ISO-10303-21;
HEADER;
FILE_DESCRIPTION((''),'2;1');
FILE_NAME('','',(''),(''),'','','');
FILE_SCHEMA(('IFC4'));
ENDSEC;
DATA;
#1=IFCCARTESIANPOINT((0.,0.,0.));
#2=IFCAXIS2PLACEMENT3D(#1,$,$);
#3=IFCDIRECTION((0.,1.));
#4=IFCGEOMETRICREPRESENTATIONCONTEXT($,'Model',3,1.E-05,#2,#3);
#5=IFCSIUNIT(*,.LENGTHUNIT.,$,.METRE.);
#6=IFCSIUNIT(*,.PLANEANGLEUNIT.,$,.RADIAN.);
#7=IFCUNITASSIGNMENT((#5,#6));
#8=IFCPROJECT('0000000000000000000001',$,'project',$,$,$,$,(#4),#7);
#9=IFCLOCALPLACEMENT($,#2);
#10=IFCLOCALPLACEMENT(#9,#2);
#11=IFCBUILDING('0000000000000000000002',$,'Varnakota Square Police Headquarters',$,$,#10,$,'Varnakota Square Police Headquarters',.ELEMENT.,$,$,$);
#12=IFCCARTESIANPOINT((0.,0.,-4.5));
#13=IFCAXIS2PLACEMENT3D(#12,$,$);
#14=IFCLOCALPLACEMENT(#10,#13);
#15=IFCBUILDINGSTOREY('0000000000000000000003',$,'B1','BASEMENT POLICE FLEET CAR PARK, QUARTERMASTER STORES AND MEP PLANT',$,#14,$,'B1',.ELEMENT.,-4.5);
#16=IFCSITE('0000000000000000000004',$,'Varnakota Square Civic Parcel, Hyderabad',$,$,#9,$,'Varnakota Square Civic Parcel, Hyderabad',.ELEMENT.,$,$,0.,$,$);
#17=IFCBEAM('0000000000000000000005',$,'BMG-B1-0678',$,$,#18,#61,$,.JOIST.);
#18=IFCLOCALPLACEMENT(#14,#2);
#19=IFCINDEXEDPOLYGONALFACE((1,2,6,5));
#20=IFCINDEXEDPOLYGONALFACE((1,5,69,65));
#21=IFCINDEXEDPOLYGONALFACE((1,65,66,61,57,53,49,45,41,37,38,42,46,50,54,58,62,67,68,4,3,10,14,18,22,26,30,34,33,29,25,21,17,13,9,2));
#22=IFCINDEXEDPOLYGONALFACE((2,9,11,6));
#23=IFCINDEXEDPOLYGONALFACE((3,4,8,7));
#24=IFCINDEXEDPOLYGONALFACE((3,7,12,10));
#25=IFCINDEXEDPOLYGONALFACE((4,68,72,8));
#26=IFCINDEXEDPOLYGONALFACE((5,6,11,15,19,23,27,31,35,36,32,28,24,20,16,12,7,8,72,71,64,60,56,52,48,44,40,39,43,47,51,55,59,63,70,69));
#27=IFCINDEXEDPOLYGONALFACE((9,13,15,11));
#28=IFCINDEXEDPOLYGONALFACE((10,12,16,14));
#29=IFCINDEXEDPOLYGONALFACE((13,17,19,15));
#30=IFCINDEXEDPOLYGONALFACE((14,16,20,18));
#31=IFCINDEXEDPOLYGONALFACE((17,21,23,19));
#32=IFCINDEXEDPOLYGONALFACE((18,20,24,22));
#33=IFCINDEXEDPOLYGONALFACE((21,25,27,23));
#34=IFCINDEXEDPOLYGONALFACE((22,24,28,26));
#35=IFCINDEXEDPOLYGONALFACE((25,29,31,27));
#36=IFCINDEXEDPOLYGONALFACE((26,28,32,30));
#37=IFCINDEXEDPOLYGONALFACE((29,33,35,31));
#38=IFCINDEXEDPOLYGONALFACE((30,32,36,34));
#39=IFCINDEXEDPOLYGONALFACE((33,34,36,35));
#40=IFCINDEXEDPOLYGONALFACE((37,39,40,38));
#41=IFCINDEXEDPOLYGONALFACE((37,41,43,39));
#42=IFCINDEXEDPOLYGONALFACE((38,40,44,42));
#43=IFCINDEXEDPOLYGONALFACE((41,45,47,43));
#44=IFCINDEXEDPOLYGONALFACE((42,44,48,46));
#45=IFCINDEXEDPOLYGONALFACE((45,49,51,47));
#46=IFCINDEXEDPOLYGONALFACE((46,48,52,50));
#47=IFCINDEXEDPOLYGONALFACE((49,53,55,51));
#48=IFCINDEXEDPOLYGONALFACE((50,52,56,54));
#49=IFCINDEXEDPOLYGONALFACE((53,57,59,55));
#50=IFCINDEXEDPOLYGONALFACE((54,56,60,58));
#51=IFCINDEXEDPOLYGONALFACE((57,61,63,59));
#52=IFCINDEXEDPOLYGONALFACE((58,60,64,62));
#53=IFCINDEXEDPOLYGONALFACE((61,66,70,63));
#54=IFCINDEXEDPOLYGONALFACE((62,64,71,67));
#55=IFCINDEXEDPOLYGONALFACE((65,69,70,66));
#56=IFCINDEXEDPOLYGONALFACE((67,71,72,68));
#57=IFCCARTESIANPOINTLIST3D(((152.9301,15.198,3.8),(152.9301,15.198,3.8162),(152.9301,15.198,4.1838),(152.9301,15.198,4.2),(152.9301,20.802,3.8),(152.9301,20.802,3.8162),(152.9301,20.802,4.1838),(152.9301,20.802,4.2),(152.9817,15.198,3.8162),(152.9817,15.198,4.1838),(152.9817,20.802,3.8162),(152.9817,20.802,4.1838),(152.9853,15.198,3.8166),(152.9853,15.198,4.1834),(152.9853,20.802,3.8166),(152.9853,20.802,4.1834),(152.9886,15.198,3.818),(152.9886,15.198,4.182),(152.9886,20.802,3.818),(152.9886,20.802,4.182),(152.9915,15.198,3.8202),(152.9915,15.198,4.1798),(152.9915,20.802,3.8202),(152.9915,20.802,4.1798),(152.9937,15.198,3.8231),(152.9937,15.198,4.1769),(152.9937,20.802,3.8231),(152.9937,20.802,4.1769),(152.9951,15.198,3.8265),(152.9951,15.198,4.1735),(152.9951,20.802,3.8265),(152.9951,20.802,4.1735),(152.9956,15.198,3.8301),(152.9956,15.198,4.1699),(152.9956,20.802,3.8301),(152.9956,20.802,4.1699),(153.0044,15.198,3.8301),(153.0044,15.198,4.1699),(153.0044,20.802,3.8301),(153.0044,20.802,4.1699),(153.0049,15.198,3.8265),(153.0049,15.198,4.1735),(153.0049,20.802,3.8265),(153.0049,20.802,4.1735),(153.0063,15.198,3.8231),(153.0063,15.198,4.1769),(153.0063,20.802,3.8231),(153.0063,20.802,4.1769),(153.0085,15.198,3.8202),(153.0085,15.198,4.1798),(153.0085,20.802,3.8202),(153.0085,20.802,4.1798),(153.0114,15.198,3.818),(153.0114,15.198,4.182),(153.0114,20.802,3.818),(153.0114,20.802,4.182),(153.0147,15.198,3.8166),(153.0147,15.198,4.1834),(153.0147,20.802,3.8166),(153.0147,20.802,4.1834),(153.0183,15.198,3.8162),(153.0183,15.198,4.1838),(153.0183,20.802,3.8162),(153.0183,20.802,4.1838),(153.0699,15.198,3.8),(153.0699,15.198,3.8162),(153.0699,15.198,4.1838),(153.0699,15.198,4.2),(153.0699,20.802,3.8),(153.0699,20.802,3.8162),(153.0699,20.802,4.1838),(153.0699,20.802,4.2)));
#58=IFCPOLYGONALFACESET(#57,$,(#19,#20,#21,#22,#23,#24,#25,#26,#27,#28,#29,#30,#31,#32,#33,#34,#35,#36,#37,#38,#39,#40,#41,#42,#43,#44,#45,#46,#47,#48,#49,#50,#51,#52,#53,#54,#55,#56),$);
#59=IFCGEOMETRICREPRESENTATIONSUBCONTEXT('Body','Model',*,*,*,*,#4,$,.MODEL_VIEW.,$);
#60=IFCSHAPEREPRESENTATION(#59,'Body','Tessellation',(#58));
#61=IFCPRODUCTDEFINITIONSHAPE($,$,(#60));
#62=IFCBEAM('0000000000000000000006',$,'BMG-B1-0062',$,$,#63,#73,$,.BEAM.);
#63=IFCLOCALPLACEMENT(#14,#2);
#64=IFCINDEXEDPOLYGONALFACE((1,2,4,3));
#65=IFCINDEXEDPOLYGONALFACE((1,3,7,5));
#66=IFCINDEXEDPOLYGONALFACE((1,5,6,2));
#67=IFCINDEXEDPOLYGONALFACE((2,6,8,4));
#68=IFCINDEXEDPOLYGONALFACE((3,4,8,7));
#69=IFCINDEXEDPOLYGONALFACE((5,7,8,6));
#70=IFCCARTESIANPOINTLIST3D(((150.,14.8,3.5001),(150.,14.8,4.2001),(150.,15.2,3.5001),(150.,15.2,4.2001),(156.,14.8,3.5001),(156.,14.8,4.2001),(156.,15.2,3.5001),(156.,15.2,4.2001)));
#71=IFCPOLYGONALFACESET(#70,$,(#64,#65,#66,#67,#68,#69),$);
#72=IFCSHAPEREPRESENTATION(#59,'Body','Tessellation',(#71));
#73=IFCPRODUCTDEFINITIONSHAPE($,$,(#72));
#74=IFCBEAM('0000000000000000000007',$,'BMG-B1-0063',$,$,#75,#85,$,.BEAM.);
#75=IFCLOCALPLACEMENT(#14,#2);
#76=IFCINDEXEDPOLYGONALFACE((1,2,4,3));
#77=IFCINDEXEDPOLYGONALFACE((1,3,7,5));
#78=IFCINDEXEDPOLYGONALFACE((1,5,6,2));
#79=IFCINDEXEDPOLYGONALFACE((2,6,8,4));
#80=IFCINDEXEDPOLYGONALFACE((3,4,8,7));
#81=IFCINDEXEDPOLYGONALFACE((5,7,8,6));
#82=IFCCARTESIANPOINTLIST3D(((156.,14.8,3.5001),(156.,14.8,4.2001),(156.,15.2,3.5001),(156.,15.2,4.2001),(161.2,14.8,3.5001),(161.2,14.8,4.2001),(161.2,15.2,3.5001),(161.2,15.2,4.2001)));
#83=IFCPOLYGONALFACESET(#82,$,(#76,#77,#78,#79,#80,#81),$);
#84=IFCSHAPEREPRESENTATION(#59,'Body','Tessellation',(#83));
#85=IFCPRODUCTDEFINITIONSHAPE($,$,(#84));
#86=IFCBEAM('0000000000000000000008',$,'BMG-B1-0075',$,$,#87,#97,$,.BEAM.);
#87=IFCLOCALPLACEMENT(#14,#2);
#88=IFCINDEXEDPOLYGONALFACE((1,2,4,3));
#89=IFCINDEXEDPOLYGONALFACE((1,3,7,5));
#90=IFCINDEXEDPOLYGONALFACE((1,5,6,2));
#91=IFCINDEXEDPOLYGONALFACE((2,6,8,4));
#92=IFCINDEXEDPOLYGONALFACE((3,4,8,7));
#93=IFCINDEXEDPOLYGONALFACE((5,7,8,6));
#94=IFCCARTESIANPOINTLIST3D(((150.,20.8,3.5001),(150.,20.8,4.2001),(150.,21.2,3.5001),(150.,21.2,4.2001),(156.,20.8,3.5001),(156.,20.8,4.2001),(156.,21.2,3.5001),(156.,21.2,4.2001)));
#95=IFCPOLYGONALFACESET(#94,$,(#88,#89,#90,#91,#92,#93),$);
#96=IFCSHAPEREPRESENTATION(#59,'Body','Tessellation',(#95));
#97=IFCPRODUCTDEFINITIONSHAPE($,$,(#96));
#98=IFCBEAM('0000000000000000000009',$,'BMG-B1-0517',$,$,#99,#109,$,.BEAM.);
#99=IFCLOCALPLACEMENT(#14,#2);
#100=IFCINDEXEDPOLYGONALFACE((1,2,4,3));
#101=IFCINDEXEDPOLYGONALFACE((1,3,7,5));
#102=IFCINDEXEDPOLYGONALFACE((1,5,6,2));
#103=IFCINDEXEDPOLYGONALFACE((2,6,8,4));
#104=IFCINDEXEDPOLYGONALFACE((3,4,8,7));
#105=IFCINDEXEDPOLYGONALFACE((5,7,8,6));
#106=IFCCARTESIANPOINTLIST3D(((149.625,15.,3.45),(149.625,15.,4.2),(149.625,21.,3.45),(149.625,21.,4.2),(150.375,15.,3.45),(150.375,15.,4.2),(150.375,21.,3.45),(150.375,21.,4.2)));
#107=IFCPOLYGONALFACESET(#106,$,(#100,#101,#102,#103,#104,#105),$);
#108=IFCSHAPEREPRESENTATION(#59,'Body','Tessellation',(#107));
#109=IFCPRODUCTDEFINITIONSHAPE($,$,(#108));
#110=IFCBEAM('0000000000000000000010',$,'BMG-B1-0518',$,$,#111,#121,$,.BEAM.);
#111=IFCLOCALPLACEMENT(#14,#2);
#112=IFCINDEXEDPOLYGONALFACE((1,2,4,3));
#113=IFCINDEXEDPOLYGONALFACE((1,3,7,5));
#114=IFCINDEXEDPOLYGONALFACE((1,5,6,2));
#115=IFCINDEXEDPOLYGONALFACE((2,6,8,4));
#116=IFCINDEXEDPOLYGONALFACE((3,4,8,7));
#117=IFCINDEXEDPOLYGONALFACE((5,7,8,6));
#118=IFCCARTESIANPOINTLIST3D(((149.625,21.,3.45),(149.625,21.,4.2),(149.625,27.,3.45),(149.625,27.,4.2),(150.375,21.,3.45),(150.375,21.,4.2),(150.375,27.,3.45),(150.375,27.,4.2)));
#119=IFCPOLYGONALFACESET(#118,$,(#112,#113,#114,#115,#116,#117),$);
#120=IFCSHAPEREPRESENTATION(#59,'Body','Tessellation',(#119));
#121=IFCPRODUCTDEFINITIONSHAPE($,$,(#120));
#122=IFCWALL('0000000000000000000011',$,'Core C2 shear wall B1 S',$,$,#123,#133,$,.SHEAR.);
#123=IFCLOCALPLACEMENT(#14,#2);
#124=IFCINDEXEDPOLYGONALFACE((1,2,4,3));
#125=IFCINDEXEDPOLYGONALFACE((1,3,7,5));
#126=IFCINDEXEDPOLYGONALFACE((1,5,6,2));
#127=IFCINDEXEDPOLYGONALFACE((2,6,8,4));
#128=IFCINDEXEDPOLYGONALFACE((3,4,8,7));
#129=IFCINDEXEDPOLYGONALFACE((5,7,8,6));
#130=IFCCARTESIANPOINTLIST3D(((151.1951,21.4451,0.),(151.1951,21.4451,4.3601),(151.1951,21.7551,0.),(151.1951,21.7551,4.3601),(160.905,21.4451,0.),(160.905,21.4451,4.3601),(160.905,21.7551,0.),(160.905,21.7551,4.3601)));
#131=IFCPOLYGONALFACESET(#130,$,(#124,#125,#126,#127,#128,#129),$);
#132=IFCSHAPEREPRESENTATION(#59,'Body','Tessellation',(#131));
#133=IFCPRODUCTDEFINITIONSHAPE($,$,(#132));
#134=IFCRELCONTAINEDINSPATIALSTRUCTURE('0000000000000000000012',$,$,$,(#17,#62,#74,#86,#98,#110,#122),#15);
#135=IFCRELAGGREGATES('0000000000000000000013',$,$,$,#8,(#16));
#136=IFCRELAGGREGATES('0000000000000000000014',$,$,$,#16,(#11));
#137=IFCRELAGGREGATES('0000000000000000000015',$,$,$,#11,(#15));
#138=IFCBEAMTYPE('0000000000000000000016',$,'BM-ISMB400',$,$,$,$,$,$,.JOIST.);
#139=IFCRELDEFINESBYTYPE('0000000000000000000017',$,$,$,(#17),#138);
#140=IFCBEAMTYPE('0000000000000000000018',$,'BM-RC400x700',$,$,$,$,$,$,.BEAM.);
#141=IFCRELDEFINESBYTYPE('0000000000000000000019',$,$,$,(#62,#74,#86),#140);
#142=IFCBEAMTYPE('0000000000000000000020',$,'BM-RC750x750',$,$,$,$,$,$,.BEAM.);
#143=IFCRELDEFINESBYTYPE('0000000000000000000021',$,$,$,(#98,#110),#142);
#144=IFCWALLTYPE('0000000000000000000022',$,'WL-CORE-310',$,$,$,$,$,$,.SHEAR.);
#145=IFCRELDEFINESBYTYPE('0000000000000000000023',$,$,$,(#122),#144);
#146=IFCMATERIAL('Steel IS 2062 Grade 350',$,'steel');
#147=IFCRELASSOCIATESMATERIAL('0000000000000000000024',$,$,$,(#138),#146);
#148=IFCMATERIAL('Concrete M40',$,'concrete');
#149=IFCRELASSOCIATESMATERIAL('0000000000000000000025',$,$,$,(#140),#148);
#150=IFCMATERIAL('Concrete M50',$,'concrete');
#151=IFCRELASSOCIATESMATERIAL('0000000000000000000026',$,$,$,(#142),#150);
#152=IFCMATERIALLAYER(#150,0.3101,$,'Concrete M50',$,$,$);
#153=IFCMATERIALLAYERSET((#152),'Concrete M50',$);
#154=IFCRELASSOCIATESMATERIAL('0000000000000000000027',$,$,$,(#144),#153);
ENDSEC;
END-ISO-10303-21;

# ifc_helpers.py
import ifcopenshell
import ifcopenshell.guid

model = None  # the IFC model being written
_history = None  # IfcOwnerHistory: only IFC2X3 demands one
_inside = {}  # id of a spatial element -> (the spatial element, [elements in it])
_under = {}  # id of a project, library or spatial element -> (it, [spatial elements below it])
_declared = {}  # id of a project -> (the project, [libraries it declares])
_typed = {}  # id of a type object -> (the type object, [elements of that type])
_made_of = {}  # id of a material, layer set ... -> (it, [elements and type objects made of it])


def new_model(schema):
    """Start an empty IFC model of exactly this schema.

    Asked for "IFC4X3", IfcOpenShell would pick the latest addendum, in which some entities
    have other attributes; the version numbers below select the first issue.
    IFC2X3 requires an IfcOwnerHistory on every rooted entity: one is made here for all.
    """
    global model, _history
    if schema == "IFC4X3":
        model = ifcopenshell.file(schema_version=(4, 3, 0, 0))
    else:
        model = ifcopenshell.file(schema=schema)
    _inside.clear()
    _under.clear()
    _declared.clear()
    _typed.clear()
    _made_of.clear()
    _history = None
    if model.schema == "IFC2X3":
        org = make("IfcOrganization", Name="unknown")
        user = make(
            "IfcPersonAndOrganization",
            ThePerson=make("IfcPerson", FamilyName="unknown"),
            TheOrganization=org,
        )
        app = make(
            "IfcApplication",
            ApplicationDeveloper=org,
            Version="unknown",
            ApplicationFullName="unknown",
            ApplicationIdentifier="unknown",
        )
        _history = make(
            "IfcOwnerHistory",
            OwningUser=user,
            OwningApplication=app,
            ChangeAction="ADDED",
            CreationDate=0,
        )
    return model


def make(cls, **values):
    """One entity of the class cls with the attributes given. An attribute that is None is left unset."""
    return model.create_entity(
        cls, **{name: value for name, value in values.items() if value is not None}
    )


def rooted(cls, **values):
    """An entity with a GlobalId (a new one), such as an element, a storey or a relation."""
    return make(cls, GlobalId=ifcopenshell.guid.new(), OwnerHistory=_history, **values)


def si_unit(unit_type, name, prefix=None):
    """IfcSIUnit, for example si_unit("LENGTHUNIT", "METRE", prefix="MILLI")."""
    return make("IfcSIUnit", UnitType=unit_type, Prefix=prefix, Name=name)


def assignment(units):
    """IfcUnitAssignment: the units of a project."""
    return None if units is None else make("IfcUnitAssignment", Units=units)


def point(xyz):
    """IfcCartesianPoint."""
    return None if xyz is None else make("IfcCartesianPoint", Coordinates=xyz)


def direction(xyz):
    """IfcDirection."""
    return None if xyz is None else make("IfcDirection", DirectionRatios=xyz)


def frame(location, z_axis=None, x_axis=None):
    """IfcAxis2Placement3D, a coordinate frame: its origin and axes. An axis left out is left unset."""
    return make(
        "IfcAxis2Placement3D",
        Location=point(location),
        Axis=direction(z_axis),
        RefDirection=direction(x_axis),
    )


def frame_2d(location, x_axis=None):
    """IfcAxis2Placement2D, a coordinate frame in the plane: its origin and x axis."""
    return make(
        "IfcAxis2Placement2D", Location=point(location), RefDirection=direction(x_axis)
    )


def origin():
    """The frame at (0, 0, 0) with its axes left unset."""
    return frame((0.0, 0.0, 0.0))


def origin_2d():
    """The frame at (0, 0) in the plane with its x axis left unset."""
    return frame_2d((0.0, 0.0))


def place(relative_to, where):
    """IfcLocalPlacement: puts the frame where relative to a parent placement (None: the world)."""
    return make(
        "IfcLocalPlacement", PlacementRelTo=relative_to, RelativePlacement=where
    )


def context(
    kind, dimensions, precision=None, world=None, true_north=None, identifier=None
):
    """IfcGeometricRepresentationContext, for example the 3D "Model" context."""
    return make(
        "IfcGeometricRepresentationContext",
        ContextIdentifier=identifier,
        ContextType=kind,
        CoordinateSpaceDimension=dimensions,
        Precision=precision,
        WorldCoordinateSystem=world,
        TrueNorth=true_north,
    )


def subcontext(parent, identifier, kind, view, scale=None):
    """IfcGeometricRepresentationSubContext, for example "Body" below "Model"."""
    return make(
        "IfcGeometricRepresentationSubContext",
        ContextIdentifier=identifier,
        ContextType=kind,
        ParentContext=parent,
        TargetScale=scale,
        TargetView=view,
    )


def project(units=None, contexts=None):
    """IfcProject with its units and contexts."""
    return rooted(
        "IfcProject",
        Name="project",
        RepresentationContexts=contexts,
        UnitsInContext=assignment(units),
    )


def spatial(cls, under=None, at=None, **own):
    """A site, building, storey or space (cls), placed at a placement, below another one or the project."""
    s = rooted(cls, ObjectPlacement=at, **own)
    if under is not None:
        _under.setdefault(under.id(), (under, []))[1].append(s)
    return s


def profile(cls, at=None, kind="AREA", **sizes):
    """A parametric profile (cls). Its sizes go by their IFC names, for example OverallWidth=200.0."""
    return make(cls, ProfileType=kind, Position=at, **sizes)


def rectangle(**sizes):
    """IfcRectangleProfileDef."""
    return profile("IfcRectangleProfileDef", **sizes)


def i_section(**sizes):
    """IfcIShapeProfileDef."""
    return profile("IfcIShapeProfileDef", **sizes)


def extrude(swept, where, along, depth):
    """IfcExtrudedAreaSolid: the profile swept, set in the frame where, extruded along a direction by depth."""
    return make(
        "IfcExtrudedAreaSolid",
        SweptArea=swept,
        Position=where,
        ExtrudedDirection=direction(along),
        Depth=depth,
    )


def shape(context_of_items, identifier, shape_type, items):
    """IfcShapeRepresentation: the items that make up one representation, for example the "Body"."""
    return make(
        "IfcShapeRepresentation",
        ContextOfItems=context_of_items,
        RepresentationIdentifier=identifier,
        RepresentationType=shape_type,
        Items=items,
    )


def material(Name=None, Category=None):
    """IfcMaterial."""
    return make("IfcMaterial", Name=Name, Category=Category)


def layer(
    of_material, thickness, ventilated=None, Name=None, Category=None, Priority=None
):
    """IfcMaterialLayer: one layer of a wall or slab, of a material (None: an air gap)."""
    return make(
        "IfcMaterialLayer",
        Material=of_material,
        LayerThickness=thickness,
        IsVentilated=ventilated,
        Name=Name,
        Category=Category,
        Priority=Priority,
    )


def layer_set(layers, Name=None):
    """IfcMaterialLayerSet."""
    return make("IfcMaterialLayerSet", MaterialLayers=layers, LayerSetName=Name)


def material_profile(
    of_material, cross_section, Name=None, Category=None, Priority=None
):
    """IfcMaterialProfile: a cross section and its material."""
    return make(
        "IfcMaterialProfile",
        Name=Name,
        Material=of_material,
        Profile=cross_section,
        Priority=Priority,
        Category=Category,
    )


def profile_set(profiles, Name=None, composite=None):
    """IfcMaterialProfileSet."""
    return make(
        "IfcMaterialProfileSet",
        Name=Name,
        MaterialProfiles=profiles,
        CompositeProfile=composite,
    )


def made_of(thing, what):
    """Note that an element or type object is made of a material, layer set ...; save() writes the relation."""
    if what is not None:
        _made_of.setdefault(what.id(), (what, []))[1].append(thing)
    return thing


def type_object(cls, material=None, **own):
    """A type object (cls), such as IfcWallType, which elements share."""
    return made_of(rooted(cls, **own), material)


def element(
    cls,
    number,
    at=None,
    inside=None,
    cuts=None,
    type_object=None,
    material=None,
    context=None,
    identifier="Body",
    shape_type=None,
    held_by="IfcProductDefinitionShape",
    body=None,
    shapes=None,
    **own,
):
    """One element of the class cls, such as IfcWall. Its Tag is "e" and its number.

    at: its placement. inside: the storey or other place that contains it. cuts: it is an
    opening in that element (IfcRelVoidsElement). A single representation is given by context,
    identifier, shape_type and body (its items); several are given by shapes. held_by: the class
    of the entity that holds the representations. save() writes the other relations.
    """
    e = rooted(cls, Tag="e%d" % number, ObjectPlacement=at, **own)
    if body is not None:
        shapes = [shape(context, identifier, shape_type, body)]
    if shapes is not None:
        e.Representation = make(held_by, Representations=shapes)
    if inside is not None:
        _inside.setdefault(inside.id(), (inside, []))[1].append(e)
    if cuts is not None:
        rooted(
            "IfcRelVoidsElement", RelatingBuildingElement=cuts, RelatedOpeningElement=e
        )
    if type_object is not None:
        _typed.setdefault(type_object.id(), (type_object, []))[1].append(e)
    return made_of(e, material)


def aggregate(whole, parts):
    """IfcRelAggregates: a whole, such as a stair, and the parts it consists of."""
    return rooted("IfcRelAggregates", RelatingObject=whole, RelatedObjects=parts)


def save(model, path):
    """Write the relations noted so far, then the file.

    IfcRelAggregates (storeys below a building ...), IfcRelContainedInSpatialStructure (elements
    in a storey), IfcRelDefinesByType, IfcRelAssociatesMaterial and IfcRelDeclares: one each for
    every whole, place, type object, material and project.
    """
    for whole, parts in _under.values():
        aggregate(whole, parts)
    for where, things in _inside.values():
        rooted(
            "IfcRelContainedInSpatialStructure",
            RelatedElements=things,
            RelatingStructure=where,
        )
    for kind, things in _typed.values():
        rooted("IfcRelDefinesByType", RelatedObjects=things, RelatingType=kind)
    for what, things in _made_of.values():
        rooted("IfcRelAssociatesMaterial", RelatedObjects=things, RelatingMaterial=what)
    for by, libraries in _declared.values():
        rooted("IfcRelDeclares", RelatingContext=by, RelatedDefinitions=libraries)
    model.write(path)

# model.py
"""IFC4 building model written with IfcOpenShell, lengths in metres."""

from ifc_helpers import new_model, si_unit, direction, frame, frame_2d, origin, origin_2d, place, context, subcontext, project, spatial, rectangle, i_section, extrude, material, layer, layer_set, material_profile, profile_set, type_object, element, save


model = new_model("IFC4")

# Units and contexts
model_context = context("Model", 3, precision=1e-05, world=origin(), true_north=direction((0.0, 1.0)))
body_context = subcontext(model_context, "Body", "Model", "MODEL_VIEW")
ifc_project = project(units=[si_unit("LENGTHUNIT", "METRE"), si_unit("PLANEANGLEUNIT", "RADIAN")], contexts=[model_context])

# Site, building, storey
site_placement = place(None, origin())
site = spatial("IfcSite", under=ifc_project, at=site_placement, Name="Varnakota Square Civic Parcel, Hyderabad", LongName="Varnakota Square Civic Parcel, Hyderabad", CompositionType="ELEMENT", RefElevation=0.0)
building_placement = place(site_placement, origin())
building = spatial("IfcBuilding", under=site, at=building_placement, Name="Varnakota Square Police Headquarters", LongName="Varnakota Square Police Headquarters", CompositionType="ELEMENT")
storey_placement = place(building_placement, frame((0.0, 0.0, -4.5)))
storey = spatial("IfcBuildingStorey", under=building, at=storey_placement, Name="B1", Description="BASEMENT POLICE FLEET CAR PARK, QUARTERMASTER STORES AND MEP PLANT", LongName="B1", CompositionType="ELEMENT", Elevation=-4.5)

# Shared definitions
ifc_material_1 = material(Name="Concrete M40", Category="concrete")
ifc_material_2 = material(Name="Concrete M50", Category="concrete")

# Beams
ifc_material_3 = material(Name="Steel IS 2062 Grade 350", Category="steel")
ifc_material_profile_1 = material_profile(ifc_material_3, i_section(OverallWidth=0.1399, OverallDepth=0.3999, WebThickness=0.0088, FlangeThickness=0.0161, FilletRadius=0.0139, at=origin_2d()), Name="ISMB 400")
ifc_profile_set_1 = profile_set([ifc_material_profile_1], Name="Steel IS 2062 Grade 350")
beam_type_1 = type_object("IfcBeamType", Name="BM-ISMB400", PredefinedType="JOIST", material=ifc_profile_set_1)
beam_1_placement = place(storey_placement, frame((153.0, 15.198, 4.0), z_axis=(0.0, 1.0, 0.0), x_axis=(-1.0, 0.0, 0.0)))
element("IfcBeam", 1, at=beam_1_placement, inside=storey, type_object=beam_type_1, Name="BMG-B1-0678", PredefinedType="JOIST", context=body_context, shape_type="SweptSolid", body=[
    extrude(i_section(OverallWidth=0.1399, OverallDepth=0.3999, WebThickness=0.0088, FlangeThickness=0.0161, FilletRadius=0.0139, at=origin_2d()), origin(), (0.0, 0.0, 1.0), 5.604),
])
ifc_material_profile_2 = material_profile(ifc_material_1, rectangle(XDim=0.3999, YDim=0.7, at=origin_2d()), Name="RC 400x700")
ifc_profile_set_2 = profile_set([ifc_material_profile_2], Name="Concrete M40")
beam_type_2 = type_object("IfcBeamType", Name="BM-RC400x700", PredefinedType="BEAM", material=ifc_profile_set_2)
beam_2_placement = place(storey_placement, frame((150.0, 15.0, 3.8501), z_axis=(1.0, 0.0, 0.0), x_axis=(0.0, 1.0, 0.0)))
element("IfcBeam", 2, at=beam_2_placement, inside=storey, type_object=beam_type_2, Name="BMG-B1-0062", PredefinedType="BEAM", context=body_context, shape_type="SweptSolid", body=[
    extrude(rectangle(XDim=0.3999, YDim=0.7, at=origin_2d()), origin(), (0.0, 0.0, 1.0), 6.0),
])
beam_3_placement = place(storey_placement, frame((156.0, 15.0, 3.8501), z_axis=(1.0, 0.0, 0.0), x_axis=(0.0, 1.0, 0.0)))
element("IfcBeam", 3, at=beam_3_placement, inside=storey, type_object=beam_type_2, Name="BMG-B1-0063", PredefinedType="BEAM", context=body_context, shape_type="SweptSolid", body=[
    extrude(rectangle(XDim=0.3999, YDim=0.7, at=origin_2d()), origin(), (0.0, 0.0, 1.0), 5.2),
])
beam_4_placement = place(storey_placement, frame((150.0, 21.0, 3.8501), z_axis=(1.0, 0.0, 0.0), x_axis=(0.0, 1.0, 0.0)))
element("IfcBeam", 4, at=beam_4_placement, inside=storey, type_object=beam_type_2, Name="BMG-B1-0075", PredefinedType="BEAM", context=body_context, shape_type="SweptSolid", body=[
    extrude(rectangle(XDim=0.3999, YDim=0.7, at=origin_2d()), origin(), (0.0, 0.0, 1.0), 6.0),
])
ifc_material_profile_3 = material_profile(ifc_material_2, rectangle(XDim=0.75, YDim=0.75, at=origin_2d()), Name="RC 750x750")
ifc_profile_set_3 = profile_set([ifc_material_profile_3], Name="Concrete M50")
beam_type_3 = type_object("IfcBeamType", Name="BM-RC750x750", PredefinedType="BEAM", material=ifc_profile_set_3)
for number, where, z_axis, x_axis, name in (
    (5, (150.0, 15.0, 3.825), (0.0, 1.0, 0.0), (-1.0, 0.0, 0.0), "BMG-B1-0517"),
    (6, (150.0, 21.0, 3.825), (0.0, 1.0, 0.0), (-1.0, 0.0, 0.0), "BMG-B1-0518"),
):
    element("IfcBeam", number, at=place(storey_placement, frame(where, z_axis=z_axis, x_axis=x_axis)), inside=storey, type_object=beam_type_3, Name=name, PredefinedType="BEAM", context=body_context, shape_type="SweptSolid", body=[
        extrude(rectangle(XDim=0.75, YDim=0.75, at=origin_2d()), origin(), (0.0, 0.0, 1.0), 6.0),
    ])

# Wall
ifc_layer = layer(ifc_material_2, 0.3101, Name="Concrete M50")
ifc_layer_set = layer_set([ifc_layer], Name="Concrete M50")
wall_type = type_object("IfcWallType", Name="WL-CORE-310", PredefinedType="SHEAR", material=ifc_layer_set)
wall_placement = place(storey_placement, frame((151.1951, 21.6001, 0.0), z_axis=(0.0, 0.0, 1.0), x_axis=(1.0, 0.0, 0.0)))
element("IfcWall", 7, at=wall_placement, inside=storey, type_object=wall_type, Name="Core C2 shear wall B1 S", PredefinedType="SHEAR", context=body_context, shape_type="SweptSolid", body=[
    extrude(rectangle(XDim=9.71, YDim=0.3101, at=frame_2d((4.855, 0.0))), origin(), (0.0, 0.0, 1.0), 4.3601),
])

save(model, "model.ifc")
